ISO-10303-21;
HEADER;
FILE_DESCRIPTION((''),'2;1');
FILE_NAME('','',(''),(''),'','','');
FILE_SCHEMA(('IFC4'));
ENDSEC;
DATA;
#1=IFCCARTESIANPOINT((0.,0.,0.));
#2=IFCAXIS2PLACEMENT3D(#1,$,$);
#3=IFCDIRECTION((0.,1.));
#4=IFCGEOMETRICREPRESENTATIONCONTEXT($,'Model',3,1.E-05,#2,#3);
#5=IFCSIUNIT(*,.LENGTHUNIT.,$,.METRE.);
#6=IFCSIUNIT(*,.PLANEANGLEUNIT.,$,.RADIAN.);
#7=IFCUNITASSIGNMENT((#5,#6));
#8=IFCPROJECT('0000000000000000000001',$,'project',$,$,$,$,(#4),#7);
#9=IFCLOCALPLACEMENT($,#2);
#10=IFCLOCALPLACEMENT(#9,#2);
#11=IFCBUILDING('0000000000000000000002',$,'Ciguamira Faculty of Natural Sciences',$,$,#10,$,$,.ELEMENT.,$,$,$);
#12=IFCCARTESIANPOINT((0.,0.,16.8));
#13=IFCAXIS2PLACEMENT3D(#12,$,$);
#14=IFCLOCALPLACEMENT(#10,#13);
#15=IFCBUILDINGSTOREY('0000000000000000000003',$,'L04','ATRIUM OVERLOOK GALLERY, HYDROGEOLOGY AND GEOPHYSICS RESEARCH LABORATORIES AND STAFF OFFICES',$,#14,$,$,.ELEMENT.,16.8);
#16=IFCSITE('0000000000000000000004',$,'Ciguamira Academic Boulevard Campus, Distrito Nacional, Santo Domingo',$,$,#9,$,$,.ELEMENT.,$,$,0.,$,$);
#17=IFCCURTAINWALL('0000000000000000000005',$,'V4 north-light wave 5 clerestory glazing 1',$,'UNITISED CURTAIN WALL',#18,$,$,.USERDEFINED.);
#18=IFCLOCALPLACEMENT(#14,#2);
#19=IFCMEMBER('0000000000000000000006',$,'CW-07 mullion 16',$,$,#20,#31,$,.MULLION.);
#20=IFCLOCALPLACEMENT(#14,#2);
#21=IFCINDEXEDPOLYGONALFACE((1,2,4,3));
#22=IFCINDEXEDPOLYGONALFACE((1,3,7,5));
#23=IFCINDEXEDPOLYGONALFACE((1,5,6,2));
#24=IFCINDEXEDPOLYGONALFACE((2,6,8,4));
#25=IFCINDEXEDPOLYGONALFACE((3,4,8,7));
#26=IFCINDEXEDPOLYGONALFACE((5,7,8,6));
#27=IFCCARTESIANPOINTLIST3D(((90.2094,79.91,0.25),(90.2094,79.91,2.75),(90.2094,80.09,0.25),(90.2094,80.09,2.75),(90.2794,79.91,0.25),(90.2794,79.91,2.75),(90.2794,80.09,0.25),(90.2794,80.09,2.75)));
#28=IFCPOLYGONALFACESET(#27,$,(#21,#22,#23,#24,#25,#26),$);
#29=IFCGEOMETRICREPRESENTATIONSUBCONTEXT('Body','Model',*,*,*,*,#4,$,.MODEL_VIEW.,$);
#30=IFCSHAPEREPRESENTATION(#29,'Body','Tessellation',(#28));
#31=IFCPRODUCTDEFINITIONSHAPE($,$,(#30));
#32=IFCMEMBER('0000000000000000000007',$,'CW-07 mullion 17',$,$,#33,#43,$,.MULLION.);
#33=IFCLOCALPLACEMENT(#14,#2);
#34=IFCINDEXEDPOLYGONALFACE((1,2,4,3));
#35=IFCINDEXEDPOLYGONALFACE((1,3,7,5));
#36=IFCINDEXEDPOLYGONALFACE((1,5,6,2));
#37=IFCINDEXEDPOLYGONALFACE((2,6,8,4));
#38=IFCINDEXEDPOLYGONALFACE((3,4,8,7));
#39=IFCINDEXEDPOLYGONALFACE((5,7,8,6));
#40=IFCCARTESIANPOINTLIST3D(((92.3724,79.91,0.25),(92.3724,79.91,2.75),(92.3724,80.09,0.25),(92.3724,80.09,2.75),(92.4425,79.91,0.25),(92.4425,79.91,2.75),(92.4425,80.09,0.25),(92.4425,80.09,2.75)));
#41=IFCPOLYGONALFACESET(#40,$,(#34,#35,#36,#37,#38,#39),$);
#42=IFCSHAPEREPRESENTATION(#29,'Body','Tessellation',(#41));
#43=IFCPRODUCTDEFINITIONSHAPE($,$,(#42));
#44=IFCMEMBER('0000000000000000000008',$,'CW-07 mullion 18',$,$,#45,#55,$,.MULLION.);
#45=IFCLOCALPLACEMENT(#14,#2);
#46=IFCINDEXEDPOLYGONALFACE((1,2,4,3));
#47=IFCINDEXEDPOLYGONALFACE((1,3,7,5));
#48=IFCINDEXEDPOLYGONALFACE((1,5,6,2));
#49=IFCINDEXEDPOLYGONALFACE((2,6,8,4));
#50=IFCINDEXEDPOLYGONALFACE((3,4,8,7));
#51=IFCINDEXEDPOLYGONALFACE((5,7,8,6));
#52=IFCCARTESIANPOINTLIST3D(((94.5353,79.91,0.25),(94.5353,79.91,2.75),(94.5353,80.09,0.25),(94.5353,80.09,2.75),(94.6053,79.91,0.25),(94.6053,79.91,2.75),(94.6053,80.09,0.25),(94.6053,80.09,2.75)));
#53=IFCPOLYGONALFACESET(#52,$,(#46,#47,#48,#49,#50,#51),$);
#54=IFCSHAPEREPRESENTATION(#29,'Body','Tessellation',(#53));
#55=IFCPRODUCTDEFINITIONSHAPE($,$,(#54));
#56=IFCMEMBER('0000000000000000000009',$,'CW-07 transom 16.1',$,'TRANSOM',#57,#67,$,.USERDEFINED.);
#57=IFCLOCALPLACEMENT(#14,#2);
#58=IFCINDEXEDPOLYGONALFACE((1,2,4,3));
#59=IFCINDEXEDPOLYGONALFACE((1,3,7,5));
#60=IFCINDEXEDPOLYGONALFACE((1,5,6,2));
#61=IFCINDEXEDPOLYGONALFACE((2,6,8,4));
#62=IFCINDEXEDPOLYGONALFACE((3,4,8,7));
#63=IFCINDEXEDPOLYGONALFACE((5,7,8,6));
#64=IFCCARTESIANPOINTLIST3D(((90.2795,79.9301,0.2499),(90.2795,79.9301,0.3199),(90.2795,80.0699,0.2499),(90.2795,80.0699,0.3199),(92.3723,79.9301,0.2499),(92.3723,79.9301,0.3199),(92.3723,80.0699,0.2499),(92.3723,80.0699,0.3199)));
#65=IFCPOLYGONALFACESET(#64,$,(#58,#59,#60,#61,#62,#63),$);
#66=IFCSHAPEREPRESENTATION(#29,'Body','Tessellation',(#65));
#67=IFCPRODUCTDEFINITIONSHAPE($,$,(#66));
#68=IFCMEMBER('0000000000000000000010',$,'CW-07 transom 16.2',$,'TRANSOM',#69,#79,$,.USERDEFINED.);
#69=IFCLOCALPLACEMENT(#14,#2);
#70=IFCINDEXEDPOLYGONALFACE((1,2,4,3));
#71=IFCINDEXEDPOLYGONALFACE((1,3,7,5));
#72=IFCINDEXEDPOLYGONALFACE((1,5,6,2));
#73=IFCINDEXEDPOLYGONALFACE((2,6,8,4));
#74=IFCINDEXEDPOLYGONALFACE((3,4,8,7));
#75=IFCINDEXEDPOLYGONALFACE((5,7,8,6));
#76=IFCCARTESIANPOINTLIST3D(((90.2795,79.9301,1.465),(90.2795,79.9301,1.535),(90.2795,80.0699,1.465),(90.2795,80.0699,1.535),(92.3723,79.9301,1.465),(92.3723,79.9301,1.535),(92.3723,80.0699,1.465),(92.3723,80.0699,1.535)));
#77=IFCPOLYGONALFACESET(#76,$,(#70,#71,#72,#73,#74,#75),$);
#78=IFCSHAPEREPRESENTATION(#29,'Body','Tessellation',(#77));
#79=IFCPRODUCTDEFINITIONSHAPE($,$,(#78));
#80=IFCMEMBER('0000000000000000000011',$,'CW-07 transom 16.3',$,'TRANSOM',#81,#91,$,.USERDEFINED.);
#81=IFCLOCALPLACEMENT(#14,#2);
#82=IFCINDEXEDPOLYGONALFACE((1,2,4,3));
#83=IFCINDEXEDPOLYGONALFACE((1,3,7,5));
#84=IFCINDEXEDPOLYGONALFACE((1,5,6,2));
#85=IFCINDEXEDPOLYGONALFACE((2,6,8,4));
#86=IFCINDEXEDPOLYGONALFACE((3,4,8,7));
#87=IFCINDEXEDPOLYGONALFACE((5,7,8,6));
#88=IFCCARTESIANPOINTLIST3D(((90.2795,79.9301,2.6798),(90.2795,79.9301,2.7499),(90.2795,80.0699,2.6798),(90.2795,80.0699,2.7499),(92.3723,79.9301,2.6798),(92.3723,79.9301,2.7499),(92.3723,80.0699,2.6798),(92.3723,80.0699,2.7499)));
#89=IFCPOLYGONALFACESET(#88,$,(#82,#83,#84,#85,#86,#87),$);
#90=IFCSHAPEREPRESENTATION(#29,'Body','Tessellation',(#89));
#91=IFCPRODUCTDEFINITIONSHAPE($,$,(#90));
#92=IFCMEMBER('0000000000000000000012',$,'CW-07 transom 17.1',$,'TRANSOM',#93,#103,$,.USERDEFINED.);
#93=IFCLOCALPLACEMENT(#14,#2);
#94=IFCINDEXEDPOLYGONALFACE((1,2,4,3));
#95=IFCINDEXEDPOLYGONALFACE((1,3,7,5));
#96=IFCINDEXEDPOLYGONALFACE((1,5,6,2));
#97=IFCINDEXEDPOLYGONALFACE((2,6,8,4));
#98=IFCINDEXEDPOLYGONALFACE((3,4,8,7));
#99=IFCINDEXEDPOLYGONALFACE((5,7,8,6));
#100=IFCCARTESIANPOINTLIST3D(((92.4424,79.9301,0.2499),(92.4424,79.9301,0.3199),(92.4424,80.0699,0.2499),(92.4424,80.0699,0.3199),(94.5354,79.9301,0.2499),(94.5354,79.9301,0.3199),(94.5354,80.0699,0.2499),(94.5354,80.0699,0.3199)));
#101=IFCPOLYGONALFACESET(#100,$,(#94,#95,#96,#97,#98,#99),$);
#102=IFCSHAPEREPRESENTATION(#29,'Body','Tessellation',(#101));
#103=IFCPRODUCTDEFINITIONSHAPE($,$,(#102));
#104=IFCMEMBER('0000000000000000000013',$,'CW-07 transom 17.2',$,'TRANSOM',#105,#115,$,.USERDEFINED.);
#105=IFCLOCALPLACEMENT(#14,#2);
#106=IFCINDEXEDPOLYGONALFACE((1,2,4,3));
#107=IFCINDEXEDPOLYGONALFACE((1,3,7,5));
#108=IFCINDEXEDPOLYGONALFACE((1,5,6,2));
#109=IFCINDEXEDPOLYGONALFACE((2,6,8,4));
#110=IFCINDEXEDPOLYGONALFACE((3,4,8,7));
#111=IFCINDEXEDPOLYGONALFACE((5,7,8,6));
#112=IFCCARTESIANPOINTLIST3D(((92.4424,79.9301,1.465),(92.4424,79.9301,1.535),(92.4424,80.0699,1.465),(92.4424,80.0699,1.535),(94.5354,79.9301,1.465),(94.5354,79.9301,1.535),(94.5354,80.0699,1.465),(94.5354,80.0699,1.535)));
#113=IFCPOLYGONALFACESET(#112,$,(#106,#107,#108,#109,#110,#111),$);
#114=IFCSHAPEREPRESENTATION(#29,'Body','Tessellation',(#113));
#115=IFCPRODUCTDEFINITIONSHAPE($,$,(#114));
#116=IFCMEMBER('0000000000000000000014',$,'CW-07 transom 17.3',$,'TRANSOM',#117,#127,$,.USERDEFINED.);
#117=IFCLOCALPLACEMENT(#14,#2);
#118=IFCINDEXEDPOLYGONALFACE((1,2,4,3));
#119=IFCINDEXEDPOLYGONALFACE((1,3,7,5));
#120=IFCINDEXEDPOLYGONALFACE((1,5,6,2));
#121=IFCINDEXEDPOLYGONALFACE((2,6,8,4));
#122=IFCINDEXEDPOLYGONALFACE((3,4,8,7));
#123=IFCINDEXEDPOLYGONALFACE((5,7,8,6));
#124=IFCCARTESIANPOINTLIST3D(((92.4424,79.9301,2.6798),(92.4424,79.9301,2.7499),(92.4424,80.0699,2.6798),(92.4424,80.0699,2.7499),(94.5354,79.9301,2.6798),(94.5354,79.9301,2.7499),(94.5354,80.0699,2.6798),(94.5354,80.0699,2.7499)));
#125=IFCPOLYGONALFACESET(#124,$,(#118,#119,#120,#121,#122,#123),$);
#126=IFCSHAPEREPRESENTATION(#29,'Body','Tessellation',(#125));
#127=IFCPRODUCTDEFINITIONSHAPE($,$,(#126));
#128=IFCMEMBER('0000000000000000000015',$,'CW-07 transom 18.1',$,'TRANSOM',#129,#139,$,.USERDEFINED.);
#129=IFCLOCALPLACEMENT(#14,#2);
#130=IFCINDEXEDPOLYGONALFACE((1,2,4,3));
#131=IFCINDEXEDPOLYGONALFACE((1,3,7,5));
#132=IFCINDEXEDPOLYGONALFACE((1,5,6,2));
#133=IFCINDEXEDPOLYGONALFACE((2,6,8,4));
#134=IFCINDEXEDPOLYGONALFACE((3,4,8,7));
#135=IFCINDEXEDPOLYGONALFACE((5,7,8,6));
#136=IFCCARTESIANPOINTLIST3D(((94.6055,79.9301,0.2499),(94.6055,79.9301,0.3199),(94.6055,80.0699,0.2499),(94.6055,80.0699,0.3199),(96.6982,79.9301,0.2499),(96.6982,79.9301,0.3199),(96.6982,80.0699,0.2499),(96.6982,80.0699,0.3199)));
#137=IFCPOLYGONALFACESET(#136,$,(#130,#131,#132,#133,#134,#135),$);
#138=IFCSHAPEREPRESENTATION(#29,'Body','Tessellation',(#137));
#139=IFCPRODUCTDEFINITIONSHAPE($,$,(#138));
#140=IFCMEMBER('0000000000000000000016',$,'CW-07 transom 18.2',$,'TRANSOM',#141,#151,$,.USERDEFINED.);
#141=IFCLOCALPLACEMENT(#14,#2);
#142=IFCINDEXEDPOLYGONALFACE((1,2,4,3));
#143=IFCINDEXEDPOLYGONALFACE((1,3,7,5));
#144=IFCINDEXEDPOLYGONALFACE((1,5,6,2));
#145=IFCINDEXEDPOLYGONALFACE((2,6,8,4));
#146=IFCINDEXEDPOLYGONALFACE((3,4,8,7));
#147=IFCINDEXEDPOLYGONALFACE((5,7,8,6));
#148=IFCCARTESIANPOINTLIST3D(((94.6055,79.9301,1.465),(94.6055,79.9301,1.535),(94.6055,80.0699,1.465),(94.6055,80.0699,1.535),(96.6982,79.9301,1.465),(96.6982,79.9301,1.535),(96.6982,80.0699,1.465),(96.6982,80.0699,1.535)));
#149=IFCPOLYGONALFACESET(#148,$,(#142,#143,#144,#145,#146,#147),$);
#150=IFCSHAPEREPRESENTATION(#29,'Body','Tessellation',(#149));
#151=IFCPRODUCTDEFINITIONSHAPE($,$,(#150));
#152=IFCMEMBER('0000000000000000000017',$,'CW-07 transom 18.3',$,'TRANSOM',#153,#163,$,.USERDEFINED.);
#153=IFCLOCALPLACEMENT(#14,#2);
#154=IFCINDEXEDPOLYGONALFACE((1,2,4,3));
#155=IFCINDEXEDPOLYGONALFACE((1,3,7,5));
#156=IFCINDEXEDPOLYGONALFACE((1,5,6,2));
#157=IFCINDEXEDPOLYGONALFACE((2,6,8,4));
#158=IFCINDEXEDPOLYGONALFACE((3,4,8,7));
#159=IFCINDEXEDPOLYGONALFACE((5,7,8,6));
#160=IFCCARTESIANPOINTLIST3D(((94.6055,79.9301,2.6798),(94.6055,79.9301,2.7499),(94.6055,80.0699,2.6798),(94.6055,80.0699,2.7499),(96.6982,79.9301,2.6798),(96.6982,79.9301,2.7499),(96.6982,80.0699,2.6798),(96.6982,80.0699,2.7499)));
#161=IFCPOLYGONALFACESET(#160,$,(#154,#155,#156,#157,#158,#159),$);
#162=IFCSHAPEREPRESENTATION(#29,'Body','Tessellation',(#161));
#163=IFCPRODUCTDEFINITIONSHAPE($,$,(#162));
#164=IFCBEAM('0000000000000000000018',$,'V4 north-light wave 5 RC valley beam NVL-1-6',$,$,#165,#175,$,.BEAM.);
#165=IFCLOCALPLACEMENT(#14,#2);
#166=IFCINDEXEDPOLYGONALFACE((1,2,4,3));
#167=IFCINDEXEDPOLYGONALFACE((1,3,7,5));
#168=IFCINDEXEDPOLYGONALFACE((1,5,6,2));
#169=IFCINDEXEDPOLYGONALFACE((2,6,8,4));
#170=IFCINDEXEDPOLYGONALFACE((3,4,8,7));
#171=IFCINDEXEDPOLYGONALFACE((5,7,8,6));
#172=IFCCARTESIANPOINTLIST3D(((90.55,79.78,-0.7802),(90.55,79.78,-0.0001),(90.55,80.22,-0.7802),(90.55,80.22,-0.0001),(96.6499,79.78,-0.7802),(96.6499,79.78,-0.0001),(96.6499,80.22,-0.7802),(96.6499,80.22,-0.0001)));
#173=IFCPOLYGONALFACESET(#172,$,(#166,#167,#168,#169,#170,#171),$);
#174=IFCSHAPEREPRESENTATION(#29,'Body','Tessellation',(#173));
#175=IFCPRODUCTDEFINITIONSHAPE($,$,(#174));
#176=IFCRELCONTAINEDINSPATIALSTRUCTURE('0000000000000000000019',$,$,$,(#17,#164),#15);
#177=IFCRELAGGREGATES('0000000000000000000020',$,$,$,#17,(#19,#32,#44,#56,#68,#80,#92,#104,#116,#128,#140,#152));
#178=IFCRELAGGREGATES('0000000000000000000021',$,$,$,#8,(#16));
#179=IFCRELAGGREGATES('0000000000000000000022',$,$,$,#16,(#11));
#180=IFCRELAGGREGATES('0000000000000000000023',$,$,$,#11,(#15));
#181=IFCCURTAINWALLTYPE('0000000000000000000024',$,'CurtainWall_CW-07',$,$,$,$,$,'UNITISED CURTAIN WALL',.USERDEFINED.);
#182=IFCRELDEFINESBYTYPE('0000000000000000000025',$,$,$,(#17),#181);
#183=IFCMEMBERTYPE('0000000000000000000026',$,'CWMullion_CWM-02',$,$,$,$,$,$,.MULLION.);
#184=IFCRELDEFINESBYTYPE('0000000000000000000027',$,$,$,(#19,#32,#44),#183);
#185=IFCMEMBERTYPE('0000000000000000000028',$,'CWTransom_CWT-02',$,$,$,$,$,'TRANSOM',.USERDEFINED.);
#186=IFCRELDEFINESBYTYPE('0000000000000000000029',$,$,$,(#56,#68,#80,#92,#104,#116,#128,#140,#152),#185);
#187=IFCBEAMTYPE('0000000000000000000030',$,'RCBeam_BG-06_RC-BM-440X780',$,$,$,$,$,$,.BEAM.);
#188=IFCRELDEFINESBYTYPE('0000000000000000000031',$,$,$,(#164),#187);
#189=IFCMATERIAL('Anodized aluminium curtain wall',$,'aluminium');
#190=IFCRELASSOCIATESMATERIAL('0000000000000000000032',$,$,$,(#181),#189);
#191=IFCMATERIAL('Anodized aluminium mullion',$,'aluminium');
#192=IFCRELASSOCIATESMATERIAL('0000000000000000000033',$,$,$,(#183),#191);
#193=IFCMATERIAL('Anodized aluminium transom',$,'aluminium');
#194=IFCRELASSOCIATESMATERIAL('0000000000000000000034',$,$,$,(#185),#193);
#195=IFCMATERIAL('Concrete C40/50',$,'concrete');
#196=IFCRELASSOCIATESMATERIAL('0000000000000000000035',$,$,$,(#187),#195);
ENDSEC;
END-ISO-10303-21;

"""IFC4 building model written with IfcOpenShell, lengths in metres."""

from ifc_helpers import new_model, si_unit, direction, frame, origin, origin_2d, place, context, subcontext, project, spatial, rectangle, extrude, material, material_profile, profile_set, type_object, element, aggregate, save


model = new_model("IFC4")

# Units and contexts
model_context = context("Model", 3, precision=1e-05, world=origin(), true_north=direction((0.0, 1.0)))
body_context = subcontext(model_context, "Body", "Model", "MODEL_VIEW")
ifc_project = project(units=[si_unit("LENGTHUNIT", "METRE"), si_unit("PLANEANGLEUNIT", "RADIAN")], contexts=[model_context])

# Site, building, storey
site_placement = place(None, origin())
site = spatial("IfcSite", under=ifc_project, at=site_placement, Name="Ciguamira Academic Boulevard Campus, Distrito Nacional, Santo Domingo", CompositionType="ELEMENT", RefElevation=0.0)
building_placement = place(site_placement, origin())
building = spatial("IfcBuilding", under=site, at=building_placement, Name="Ciguamira Faculty of Natural Sciences", CompositionType="ELEMENT")
storey_placement = place(building_placement, frame((0.0, 0.0, 16.8)))
storey = spatial("IfcBuildingStorey", under=building, at=storey_placement, Name="L04", Description="ATRIUM OVERLOOK GALLERY, HYDROGEOLOGY AND GEOPHYSICS RESEARCH LABORATORIES AND STAFF OFFICES", CompositionType="ELEMENT", Elevation=16.8)

# Curtain wall, members
ifc_material_1 = material(Name="Anodized aluminium curtain wall", Category="aluminium")
curtain_wall_type_1 = type_object("IfcCurtainWallType", Name="CurtainWall_CW-07", ElementType="UNITISED CURTAIN WALL", PredefinedType="USERDEFINED", material=ifc_material_1)
curtain_wall_1_placement = place(storey_placement, origin())
curtain_wall_1 = element("IfcCurtainWall", 1, at=curtain_wall_1_placement, inside=storey, type_object=curtain_wall_type_1, Name="V4 north-light wave 5 clerestory glazing 1", ObjectType="UNITISED CURTAIN WALL", PredefinedType="USERDEFINED")
ifc_material_2 = material(Name="Anodized aluminium mullion", Category="aluminium")
ifc_material_profile_1 = material_profile(ifc_material_2, rectangle(XDim=0.0701, YDim=0.1799, at=origin_2d()), Name="ALU-MUL-70X180")
ifc_profile_set_1 = profile_set([ifc_material_profile_1], Name="Anodized aluminium mullion")
member_type_1 = type_object("IfcMemberType", Name="CWMullion_CWM-02", PredefinedType="MULLION", material=ifc_profile_set_1)
member_1_placement = place(storey_placement, frame((90.2444, 80.0, 0.25), z_axis=(0.0, 0.0, 1.0), x_axis=(1.0, 0.0, 0.0)))
member_1 = element("IfcMember", 2, at=member_1_placement, type_object=member_type_1, Name="CW-07 mullion 16", PredefinedType="MULLION", context=body_context, shape_type="SweptSolid", body=[
    extrude(rectangle(XDim=0.0701, YDim=0.1799, at=origin_2d()), origin(), (0.0, 0.0, 1.0), 2.5),
])
member_2_placement = place(storey_placement, frame((92.4075, 80.0, 0.25), z_axis=(0.0, 0.0, 1.0), x_axis=(1.0, 0.0, 0.0)))
member_2 = element("IfcMember", 3, at=member_2_placement, type_object=member_type_1, Name="CW-07 mullion 17", PredefinedType="MULLION", context=body_context, shape_type="SweptSolid", body=[
    extrude(rectangle(XDim=0.0701, YDim=0.1799, at=origin_2d()), origin(), (0.0, 0.0, 1.0), 2.5),
])
member_3_placement = place(storey_placement, frame((94.5703, 80.0, 0.25), z_axis=(0.0, 0.0, 1.0), x_axis=(1.0, 0.0, 0.0)))
member_3 = element("IfcMember", 4, at=member_3_placement, type_object=member_type_1, Name="CW-07 mullion 18", PredefinedType="MULLION", context=body_context, shape_type="SweptSolid", body=[
    extrude(rectangle(XDim=0.0701, YDim=0.1799, at=origin_2d()), origin(), (0.0, 0.0, 1.0), 2.5),
])
ifc_material_3 = material(Name="Anodized aluminium transom", Category="aluminium")
ifc_material_profile_2 = material_profile(ifc_material_3, rectangle(XDim=0.0701, YDim=0.1399, at=origin_2d()), Name="ALU-TRN-70X140")
ifc_profile_set_2 = profile_set([ifc_material_profile_2], Name="Anodized aluminium transom")
member_type_2 = type_object("IfcMemberType", Name="CWTransom_CWT-02", ElementType="TRANSOM", PredefinedType="USERDEFINED", material=ifc_profile_set_2)
member_4_placement = place(storey_placement, frame((90.2795, 80.0, 0.2849), z_axis=(1.0, 0.0, 0.0), x_axis=(0.0, 0.0, 1.0)))
member_4 = element("IfcMember", 5, at=member_4_placement, type_object=member_type_2, Name="CW-07 transom 16.1", ObjectType="TRANSOM", PredefinedType="USERDEFINED", context=body_context, shape_type="SweptSolid", body=[
    extrude(rectangle(XDim=0.0701, YDim=0.1399, at=origin_2d()), origin(), (0.0, 0.0, 1.0), 2.0928),
])
member_5_placement = place(storey_placement, frame((90.2795, 80.0, 1.5), z_axis=(1.0, 0.0, 0.0), x_axis=(0.0, 0.0, 1.0)))
member_5 = element("IfcMember", 6, at=member_5_placement, type_object=member_type_2, Name="CW-07 transom 16.2", ObjectType="TRANSOM", PredefinedType="USERDEFINED", context=body_context, shape_type="SweptSolid", body=[
    extrude(rectangle(XDim=0.0701, YDim=0.1399, at=origin_2d()), origin(), (0.0, 0.0, 1.0), 2.0928),
])
member_6_placement = place(storey_placement, frame((90.2795, 80.0, 2.7148), z_axis=(1.0, 0.0, 0.0), x_axis=(0.0, 0.0, 1.0)))
member_6 = element("IfcMember", 7, at=member_6_placement, type_object=member_type_2, Name="CW-07 transom 16.3", ObjectType="TRANSOM", PredefinedType="USERDEFINED", context=body_context, shape_type="SweptSolid", body=[
    extrude(rectangle(XDim=0.0701, YDim=0.1399, at=origin_2d()), origin(), (0.0, 0.0, 1.0), 2.0928),
])
member_7_placement = place(storey_placement, frame((92.4424, 80.0, 0.2849), z_axis=(1.0, 0.0, 0.0), x_axis=(0.0, 0.0, 1.0)))
member_7 = element("IfcMember", 8, at=member_7_placement, type_object=member_type_2, Name="CW-07 transom 17.1", ObjectType="TRANSOM", PredefinedType="USERDEFINED", context=body_context, shape_type="SweptSolid", body=[
    extrude(rectangle(XDim=0.0701, YDim=0.1399, at=origin_2d()), origin(), (0.0, 0.0, 1.0), 2.093),
])
member_8_placement = place(storey_placement, frame((92.4424, 80.0, 1.5), z_axis=(1.0, 0.0, 0.0), x_axis=(0.0, 0.0, 1.0)))
member_8 = element("IfcMember", 9, at=member_8_placement, type_object=member_type_2, Name="CW-07 transom 17.2", ObjectType="TRANSOM", PredefinedType="USERDEFINED", context=body_context, shape_type="SweptSolid", body=[
    extrude(rectangle(XDim=0.0701, YDim=0.1399, at=origin_2d()), origin(), (0.0, 0.0, 1.0), 2.093),
])
member_9_placement = place(storey_placement, frame((92.4424, 80.0, 2.7148), z_axis=(1.0, 0.0, 0.0), x_axis=(0.0, 0.0, 1.0)))
member_9 = element("IfcMember", 10, at=member_9_placement, type_object=member_type_2, Name="CW-07 transom 17.3", ObjectType="TRANSOM", PredefinedType="USERDEFINED", context=body_context, shape_type="SweptSolid", body=[
    extrude(rectangle(XDim=0.0701, YDim=0.1399, at=origin_2d()), origin(), (0.0, 0.0, 1.0), 2.093),
])
member_10_placement = place(storey_placement, frame((94.6055, 80.0, 0.2849), z_axis=(1.0, 0.0, 0.0), x_axis=(0.0, 0.0, 1.0)))
member_10 = element("IfcMember", 11, at=member_10_placement, type_object=member_type_2, Name="CW-07 transom 18.1", ObjectType="TRANSOM", PredefinedType="USERDEFINED", context=body_context, shape_type="SweptSolid", body=[
    extrude(rectangle(XDim=0.0701, YDim=0.1399, at=origin_2d()), origin(), (0.0, 0.0, 1.0), 2.0928),
])
member_11_placement = place(storey_placement, frame((94.6055, 80.0, 1.5), z_axis=(1.0, 0.0, 0.0), x_axis=(0.0, 0.0, 1.0)))
member_11 = element("IfcMember", 12, at=member_11_placement, type_object=member_type_2, Name="CW-07 transom 18.2", ObjectType="TRANSOM", PredefinedType="USERDEFINED", context=body_context, shape_type="SweptSolid", body=[
    extrude(rectangle(XDim=0.0701, YDim=0.1399, at=origin_2d()), origin(), (0.0, 0.0, 1.0), 2.0928),
])
member_12_placement = place(storey_placement, frame((94.6055, 80.0, 2.7148), z_axis=(1.0, 0.0, 0.0), x_axis=(0.0, 0.0, 1.0)))
member_12 = element("IfcMember", 13, at=member_12_placement, type_object=member_type_2, Name="CW-07 transom 18.3", ObjectType="TRANSOM", PredefinedType="USERDEFINED", context=body_context, shape_type="SweptSolid", body=[
    extrude(rectangle(XDim=0.0701, YDim=0.1399, at=origin_2d()), origin(), (0.0, 0.0, 1.0), 2.0928),
])

# Beam
ifc_material_4 = material(Name="Concrete C40/50", Category="concrete")
ifc_material_profile_3 = material_profile(ifc_material_4, rectangle(XDim=0.4399, YDim=0.78, at=origin_2d()), Name="RC-BM-440X780")
ifc_profile_set_3 = profile_set([ifc_material_profile_3], Name="Concrete C40/50")
beam_type = type_object("IfcBeamType", Name="RCBeam_BG-06_RC-BM-440X780", PredefinedType="BEAM", material=ifc_profile_set_3)
beam_placement = place(storey_placement, frame((90.55, 80.0, -0.3901), z_axis=(1.0, 0.0, 0.0), x_axis=(0.0, 1.0, 0.0)))
element("IfcBeam", 14, at=beam_placement, inside=storey, type_object=beam_type, Name="V4 north-light wave 5 RC valley beam NVL-1-6", PredefinedType="BEAM", context=body_context, shape_type="SweptSolid", body=[
    extrude(rectangle(XDim=0.4399, YDim=0.78, at=origin_2d()), origin(), (0.0, 0.0, 1.0), 6.0999),
])

aggregate(curtain_wall_1, [member_1, member_2, member_3, member_4, member_5, member_6, member_7, member_8, member_9, member_10, member_11, member_12])

save(model, "model.ifc")
